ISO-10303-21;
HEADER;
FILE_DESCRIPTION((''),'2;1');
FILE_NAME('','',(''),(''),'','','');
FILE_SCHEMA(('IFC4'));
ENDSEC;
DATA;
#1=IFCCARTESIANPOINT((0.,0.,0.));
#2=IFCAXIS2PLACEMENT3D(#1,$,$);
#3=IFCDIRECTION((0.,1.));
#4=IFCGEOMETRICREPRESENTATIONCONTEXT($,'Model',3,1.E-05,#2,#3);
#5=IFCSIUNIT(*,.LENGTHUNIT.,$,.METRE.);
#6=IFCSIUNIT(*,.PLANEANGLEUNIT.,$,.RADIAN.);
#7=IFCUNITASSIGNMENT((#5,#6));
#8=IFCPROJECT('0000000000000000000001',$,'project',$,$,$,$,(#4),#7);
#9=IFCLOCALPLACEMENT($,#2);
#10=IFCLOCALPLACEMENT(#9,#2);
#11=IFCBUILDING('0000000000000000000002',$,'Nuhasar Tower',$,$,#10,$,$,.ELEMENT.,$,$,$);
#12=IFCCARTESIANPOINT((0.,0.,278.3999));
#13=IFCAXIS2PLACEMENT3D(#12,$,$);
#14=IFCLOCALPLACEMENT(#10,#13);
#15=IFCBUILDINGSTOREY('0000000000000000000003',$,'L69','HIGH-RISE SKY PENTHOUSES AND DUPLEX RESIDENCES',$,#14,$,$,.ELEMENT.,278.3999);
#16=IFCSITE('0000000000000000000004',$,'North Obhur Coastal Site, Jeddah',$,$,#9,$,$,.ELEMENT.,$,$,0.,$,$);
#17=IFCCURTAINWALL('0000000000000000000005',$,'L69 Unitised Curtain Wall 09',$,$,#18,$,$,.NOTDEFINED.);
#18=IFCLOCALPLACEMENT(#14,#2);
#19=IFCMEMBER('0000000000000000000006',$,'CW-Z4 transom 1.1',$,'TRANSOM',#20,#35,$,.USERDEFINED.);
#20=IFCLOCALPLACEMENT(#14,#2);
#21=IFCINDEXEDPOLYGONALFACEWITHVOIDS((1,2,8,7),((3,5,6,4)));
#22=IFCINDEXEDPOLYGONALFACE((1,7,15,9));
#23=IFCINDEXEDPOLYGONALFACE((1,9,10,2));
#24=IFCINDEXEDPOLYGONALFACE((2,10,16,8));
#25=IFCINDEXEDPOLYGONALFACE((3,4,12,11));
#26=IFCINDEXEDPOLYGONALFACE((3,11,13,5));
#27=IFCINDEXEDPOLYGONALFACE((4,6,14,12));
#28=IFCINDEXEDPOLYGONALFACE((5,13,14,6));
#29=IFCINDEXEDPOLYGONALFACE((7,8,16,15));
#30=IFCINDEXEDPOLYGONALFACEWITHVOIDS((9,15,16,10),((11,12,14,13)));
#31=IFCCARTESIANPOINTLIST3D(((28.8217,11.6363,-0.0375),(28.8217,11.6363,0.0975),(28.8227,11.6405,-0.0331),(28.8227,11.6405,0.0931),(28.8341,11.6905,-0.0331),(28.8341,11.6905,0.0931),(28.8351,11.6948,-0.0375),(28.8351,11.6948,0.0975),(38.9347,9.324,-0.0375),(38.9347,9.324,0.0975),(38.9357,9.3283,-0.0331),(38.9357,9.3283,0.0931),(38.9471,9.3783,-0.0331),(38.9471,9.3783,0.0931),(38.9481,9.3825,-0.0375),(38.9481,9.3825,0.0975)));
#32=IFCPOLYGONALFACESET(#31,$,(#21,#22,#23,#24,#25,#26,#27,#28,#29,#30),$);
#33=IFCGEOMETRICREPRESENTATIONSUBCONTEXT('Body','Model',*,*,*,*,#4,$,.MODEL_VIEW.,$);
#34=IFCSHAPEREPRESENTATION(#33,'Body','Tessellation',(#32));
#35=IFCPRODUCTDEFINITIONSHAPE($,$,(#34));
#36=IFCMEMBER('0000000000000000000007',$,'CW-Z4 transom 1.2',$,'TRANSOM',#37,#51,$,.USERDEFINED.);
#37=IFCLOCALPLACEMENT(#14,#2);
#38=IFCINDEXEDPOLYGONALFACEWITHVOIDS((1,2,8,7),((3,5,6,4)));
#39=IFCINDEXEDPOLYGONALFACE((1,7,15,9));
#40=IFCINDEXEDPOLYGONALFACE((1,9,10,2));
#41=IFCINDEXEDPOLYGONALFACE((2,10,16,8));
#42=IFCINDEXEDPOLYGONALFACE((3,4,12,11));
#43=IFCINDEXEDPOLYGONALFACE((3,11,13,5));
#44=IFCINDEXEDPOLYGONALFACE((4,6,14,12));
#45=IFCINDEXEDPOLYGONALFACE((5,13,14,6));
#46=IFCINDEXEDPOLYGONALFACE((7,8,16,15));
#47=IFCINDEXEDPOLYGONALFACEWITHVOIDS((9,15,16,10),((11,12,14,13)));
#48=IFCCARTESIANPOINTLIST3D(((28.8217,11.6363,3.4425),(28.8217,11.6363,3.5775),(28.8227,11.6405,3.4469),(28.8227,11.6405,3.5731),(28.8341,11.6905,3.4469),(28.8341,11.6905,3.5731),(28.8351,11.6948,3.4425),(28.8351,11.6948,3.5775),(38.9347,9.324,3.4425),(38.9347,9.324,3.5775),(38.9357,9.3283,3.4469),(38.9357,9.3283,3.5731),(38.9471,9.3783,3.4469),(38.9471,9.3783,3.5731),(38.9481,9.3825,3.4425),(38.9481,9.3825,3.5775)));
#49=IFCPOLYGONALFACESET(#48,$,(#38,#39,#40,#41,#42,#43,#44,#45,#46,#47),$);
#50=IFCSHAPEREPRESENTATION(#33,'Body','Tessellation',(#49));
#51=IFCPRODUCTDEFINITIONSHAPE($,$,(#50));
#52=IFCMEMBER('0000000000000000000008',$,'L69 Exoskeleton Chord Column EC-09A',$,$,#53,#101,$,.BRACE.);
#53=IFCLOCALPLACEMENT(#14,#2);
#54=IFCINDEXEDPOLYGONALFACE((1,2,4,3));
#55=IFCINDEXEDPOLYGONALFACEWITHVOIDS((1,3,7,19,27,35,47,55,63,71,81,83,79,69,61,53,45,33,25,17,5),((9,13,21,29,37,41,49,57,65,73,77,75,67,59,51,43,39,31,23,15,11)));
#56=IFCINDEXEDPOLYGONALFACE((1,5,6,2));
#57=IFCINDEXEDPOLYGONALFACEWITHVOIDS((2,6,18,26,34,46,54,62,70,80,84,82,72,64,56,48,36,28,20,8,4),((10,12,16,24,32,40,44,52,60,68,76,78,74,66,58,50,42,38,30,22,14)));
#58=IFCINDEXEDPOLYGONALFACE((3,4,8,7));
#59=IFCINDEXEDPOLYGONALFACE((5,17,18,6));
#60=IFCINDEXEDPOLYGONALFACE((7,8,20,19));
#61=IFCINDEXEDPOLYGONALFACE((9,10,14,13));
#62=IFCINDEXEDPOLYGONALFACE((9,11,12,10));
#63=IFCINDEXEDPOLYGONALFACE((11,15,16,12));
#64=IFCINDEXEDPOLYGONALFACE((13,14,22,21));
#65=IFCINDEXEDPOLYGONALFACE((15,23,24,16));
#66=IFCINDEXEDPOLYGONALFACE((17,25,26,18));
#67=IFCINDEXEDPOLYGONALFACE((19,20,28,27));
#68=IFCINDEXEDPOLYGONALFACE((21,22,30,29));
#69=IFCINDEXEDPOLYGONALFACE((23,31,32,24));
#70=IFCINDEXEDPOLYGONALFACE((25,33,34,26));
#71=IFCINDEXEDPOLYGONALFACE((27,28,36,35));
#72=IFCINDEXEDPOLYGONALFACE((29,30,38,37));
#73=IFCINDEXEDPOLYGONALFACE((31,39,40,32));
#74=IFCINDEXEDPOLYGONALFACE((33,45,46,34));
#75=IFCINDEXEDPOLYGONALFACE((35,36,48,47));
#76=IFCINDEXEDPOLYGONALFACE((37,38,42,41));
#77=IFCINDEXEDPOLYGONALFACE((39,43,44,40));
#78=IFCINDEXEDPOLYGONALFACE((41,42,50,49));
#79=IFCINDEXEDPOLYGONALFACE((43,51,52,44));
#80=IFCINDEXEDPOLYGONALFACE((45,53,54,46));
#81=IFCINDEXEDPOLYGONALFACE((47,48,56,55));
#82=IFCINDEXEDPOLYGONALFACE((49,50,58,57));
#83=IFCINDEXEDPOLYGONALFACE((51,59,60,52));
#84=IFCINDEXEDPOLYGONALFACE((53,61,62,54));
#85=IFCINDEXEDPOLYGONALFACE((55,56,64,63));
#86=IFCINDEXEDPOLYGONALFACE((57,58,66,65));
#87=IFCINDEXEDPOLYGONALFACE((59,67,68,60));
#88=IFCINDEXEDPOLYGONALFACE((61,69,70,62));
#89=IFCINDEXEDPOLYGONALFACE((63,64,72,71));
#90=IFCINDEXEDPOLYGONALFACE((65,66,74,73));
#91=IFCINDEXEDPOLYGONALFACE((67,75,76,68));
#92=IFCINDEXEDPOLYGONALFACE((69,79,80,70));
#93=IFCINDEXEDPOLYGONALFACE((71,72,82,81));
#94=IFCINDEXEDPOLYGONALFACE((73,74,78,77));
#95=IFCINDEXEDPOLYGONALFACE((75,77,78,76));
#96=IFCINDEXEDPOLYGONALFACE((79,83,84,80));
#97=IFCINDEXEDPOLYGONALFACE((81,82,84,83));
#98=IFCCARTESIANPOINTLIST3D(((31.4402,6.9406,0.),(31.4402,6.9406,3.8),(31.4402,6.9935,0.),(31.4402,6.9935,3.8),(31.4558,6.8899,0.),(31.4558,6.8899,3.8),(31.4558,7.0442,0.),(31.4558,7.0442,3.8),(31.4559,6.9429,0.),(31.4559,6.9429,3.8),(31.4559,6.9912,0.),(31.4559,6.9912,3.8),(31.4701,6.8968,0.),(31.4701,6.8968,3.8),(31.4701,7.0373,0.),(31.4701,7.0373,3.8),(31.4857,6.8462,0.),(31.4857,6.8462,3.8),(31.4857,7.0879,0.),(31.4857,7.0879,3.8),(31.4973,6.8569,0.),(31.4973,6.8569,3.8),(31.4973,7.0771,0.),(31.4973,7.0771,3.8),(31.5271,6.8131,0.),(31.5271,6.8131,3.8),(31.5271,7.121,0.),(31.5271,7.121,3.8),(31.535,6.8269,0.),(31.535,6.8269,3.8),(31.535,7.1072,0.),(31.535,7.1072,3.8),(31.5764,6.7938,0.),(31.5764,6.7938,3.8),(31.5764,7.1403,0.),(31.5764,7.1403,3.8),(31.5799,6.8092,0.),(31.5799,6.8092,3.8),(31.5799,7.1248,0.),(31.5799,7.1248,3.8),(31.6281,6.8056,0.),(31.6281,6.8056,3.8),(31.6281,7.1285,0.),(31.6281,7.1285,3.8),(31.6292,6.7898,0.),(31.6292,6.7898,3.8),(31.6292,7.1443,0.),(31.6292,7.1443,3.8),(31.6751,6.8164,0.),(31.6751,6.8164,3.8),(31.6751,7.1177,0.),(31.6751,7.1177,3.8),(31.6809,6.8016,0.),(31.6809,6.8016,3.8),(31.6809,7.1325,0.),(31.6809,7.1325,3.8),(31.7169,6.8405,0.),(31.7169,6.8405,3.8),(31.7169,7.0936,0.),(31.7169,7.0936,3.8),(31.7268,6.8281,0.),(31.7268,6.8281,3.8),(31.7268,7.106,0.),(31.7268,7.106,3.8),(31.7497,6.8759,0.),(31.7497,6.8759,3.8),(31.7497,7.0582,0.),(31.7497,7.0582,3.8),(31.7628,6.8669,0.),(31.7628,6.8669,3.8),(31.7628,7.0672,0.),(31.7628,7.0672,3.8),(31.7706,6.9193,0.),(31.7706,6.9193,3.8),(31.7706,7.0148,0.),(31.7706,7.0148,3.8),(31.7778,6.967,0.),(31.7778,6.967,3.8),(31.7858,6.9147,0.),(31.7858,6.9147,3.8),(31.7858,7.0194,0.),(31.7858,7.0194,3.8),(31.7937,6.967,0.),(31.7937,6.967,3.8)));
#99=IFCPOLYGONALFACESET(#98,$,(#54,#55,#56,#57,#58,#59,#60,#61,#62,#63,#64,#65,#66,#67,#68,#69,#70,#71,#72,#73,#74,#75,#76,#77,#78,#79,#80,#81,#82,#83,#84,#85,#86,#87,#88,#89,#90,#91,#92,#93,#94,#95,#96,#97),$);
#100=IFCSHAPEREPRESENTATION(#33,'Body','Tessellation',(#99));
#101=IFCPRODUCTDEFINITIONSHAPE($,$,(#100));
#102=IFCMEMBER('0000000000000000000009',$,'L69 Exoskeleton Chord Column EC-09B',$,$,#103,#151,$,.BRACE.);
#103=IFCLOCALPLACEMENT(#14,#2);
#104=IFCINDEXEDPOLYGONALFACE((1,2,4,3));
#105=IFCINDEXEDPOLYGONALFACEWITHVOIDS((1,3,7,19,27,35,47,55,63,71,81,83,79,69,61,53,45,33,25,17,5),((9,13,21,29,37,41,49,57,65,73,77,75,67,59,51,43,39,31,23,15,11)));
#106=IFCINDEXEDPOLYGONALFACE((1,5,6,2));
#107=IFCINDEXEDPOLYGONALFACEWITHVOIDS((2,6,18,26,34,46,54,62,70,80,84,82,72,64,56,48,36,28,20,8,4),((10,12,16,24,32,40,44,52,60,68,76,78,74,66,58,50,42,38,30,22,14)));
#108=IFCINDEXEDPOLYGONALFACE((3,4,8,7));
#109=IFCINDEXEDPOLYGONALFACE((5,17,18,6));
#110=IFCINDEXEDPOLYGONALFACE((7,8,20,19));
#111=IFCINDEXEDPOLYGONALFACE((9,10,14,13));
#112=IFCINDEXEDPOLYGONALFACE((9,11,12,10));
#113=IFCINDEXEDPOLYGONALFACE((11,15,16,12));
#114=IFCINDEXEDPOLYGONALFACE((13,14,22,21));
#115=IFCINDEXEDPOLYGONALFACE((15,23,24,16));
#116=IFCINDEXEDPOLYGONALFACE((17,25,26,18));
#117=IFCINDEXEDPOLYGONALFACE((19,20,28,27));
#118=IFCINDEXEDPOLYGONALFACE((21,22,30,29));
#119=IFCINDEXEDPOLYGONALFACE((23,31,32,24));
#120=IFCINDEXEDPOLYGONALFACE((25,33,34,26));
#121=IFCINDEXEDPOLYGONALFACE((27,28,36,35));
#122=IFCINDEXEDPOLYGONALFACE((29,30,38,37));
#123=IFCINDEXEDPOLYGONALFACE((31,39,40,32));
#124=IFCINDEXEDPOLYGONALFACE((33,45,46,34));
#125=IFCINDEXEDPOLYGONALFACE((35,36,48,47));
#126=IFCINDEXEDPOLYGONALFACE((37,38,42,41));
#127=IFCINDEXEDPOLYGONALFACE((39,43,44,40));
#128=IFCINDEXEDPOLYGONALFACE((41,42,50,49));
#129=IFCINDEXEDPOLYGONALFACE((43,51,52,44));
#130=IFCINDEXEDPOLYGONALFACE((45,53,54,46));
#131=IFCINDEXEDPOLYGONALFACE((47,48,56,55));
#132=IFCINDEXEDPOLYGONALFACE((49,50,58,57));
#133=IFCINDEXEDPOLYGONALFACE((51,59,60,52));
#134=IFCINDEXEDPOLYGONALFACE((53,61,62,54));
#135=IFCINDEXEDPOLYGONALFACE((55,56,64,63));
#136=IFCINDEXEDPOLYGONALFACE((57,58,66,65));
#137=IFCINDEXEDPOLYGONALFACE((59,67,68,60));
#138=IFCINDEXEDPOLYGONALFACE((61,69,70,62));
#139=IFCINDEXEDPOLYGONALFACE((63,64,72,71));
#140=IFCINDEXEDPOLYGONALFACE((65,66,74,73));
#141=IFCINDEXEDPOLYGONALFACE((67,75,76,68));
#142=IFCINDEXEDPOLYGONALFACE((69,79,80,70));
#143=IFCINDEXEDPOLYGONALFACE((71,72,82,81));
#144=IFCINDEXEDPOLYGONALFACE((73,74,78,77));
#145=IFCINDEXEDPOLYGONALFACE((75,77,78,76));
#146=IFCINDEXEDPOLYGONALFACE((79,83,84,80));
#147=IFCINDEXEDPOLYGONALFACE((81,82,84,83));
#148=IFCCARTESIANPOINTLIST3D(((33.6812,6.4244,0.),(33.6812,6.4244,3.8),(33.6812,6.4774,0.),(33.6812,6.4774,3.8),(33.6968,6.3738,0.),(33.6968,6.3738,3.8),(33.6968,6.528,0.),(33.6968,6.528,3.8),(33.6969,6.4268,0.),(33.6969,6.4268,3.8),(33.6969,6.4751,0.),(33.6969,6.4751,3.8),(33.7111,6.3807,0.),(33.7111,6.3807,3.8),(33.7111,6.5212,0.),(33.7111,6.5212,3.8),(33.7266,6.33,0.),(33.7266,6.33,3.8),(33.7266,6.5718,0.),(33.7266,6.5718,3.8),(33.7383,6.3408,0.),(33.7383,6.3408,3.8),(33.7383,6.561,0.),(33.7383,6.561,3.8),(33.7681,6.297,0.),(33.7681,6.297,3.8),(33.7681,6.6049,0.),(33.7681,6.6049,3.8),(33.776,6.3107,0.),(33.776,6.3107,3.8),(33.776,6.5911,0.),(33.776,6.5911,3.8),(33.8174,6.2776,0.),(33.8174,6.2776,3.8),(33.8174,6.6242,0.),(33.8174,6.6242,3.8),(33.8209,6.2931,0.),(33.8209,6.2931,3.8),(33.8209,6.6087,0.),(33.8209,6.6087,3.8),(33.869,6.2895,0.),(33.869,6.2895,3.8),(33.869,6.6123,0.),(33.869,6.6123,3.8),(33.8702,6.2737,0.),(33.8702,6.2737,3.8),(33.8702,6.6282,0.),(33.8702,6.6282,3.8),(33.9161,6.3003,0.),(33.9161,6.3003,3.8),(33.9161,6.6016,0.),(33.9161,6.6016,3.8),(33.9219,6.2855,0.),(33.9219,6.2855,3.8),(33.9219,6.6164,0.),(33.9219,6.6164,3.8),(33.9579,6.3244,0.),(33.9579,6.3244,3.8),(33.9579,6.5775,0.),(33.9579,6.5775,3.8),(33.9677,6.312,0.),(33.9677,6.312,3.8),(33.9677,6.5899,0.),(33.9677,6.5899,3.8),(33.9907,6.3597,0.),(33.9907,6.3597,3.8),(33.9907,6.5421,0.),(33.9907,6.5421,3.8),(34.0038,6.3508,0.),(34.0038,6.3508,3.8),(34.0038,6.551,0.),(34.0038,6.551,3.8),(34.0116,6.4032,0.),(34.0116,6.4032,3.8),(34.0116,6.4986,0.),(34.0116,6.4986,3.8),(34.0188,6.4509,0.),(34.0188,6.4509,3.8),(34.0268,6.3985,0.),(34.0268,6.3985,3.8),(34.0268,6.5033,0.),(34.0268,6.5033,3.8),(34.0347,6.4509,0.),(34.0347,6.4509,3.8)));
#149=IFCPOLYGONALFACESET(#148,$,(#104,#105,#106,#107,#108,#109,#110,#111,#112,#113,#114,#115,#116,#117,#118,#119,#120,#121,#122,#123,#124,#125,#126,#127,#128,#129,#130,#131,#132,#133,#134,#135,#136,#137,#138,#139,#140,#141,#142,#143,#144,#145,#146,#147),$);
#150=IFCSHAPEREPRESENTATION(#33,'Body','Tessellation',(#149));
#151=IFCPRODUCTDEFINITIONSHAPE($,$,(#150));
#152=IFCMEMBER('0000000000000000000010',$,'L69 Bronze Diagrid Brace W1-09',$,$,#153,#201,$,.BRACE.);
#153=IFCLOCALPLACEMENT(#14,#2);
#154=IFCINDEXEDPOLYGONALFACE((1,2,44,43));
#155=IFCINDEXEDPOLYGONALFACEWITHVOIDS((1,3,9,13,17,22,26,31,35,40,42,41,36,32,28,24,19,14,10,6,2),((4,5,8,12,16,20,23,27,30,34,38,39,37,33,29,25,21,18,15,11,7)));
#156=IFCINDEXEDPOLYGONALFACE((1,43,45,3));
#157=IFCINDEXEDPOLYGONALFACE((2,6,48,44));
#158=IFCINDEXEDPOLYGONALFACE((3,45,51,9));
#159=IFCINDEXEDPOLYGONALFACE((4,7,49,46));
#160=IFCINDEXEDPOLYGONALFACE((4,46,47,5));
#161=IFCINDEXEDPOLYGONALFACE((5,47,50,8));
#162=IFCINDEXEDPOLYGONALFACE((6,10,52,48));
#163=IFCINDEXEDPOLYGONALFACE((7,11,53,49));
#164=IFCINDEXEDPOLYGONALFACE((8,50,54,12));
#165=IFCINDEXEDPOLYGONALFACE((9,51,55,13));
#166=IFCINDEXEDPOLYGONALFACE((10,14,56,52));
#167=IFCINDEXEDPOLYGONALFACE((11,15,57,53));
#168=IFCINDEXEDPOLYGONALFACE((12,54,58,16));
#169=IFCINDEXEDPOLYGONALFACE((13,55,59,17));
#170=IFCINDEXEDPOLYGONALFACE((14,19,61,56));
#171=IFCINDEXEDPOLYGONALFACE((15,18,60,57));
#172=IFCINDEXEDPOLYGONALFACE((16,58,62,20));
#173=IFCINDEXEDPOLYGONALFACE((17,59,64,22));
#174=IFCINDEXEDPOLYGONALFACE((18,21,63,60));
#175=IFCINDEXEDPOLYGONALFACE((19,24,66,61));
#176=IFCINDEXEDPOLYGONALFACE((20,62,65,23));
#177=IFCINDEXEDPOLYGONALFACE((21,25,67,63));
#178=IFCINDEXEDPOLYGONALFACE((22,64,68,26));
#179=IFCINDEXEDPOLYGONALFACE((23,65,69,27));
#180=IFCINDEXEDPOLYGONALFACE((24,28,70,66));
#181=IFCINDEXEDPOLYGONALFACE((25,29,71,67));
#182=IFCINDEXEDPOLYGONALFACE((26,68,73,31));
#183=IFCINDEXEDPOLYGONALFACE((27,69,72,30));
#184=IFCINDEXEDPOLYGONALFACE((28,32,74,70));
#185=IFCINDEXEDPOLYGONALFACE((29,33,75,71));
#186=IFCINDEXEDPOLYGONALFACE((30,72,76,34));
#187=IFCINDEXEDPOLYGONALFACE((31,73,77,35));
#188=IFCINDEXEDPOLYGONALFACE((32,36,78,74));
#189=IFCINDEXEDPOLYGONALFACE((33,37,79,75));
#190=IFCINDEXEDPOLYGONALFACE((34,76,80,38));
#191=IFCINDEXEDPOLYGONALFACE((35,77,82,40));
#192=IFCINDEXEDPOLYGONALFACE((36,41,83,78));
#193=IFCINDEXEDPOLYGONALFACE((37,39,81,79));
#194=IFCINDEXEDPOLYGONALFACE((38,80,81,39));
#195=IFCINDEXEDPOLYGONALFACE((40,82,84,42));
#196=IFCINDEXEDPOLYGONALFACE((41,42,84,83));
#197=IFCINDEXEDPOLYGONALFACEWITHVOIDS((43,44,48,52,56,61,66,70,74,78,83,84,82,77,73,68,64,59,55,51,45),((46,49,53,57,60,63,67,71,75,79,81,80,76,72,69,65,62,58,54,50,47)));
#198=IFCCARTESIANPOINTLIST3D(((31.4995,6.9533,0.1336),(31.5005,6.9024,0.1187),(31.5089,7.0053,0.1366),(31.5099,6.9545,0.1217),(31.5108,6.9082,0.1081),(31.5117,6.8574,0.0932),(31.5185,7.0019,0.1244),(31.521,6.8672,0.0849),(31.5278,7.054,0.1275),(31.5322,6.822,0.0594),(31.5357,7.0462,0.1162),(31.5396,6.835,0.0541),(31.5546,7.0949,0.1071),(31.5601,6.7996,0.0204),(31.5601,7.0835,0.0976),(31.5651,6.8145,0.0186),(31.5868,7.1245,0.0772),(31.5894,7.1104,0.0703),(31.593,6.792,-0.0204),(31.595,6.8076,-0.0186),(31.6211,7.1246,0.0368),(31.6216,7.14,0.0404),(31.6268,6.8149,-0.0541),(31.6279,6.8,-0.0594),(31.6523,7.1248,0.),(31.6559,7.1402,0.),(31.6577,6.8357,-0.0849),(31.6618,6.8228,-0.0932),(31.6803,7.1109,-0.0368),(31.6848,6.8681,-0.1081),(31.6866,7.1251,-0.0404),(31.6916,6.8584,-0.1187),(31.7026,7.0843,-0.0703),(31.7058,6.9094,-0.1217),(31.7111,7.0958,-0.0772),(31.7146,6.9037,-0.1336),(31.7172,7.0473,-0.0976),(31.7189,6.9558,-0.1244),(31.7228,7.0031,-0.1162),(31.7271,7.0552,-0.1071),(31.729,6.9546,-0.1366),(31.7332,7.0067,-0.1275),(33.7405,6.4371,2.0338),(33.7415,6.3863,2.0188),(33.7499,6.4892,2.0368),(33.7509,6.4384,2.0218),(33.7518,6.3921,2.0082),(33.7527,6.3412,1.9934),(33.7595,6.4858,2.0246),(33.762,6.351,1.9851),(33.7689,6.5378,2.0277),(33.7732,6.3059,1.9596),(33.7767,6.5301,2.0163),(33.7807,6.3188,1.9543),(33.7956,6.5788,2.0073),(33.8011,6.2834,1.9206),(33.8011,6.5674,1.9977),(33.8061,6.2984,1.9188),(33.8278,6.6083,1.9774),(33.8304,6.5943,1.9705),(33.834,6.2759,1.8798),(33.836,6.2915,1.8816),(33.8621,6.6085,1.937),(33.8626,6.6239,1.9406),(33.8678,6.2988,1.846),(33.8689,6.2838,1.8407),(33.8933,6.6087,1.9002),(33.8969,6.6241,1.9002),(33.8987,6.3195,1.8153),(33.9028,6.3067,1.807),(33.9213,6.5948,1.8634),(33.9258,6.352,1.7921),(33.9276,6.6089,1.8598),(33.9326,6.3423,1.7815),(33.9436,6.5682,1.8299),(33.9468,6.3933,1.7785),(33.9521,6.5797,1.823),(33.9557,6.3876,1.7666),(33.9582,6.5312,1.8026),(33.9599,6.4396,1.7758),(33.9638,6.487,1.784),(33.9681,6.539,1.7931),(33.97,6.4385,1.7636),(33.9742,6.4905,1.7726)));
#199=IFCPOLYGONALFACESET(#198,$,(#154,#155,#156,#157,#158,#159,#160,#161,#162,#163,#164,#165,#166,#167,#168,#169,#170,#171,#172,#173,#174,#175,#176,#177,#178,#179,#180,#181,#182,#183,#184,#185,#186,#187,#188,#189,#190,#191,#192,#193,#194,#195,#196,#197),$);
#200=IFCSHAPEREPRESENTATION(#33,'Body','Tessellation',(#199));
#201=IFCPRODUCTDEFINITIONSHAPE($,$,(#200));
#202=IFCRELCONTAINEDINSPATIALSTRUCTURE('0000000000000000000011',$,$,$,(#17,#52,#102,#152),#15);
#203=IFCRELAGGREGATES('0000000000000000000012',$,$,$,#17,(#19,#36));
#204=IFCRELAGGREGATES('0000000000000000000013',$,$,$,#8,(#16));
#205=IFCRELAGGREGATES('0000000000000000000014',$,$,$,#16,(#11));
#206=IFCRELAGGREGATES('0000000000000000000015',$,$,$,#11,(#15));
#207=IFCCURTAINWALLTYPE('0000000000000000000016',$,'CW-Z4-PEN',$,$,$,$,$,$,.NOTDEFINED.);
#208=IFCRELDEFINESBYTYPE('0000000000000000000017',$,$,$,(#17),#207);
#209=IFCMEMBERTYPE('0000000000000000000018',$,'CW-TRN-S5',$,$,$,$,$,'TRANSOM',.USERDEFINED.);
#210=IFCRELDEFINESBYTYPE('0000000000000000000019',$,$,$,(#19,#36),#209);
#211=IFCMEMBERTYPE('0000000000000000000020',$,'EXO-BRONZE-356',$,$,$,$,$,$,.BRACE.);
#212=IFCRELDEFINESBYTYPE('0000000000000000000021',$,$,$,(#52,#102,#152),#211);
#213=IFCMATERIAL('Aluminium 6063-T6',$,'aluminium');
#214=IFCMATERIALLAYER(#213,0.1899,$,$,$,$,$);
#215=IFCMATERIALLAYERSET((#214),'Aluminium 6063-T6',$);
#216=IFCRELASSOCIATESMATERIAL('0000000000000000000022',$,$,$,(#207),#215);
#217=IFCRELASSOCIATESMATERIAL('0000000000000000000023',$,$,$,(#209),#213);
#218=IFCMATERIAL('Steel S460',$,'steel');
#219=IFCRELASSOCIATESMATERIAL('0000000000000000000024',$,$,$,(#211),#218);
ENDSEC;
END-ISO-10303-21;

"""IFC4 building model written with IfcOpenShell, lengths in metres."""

from ifc_helpers import new_model, si_unit, direction, frame, origin, origin_2d, place, context, subcontext, project, spatial, hollow_rectangle, hollow_circle, extrude, material, layer, layer_set, material_profile, profile_set, type_object, element, aggregate, save


model = new_model("IFC4")

# Units and contexts
model_context = context("Model", 3, precision=1e-05, world=origin(), true_north=direction((0.0, 1.0)))
body_context = subcontext(model_context, "Body", "Model", "MODEL_VIEW")
ifc_project = project(units=[si_unit("LENGTHUNIT", "METRE"), si_unit("PLANEANGLEUNIT", "RADIAN")], contexts=[model_context])

# Site, building, storey
site_placement = place(None, origin())
site = spatial("IfcSite", under=ifc_project, at=site_placement, Name="North Obhur Coastal Site, Jeddah", CompositionType="ELEMENT", RefElevation=0.0)
building_placement = place(site_placement, origin())
building = spatial("IfcBuilding", under=site, at=building_placement, Name="Nuhasar Tower", CompositionType="ELEMENT")
storey_placement = place(building_placement, frame((0.0, 0.0, 278.3999)))
storey = spatial("IfcBuildingStorey", under=building, at=storey_placement, Name="L69", Description="HIGH-RISE SKY PENTHOUSES AND DUPLEX RESIDENCES", CompositionType="ELEMENT", Elevation=278.3999)

# Curtain wall, members
ifc_material_1 = material(Name="Aluminium 6063-T6", Category="aluminium")
ifc_layer_1 = layer(ifc_material_1, 0.1899)
ifc_layer_set_1 = layer_set([ifc_layer_1], Name="Aluminium 6063-T6")
curtain_wall_type = type_object("IfcCurtainWallType", Name="CW-Z4-PEN", PredefinedType="NOTDEFINED", material=ifc_layer_set_1)
curtain_wall_placement = place(storey_placement, origin())
curtain_wall = element("IfcCurtainWall", 1, at=curtain_wall_placement, inside=storey, type_object=curtain_wall_type, Name="L69 Unitised Curtain Wall 09", PredefinedType="NOTDEFINED")
ifc_material_profile_1 = material_profile(ifc_material_1, hollow_rectangle(XDim=0.0601, YDim=0.135, WallThickness=0.0044, at=origin_2d()), Name="CWT-5")
ifc_profile_set_1 = profile_set([ifc_material_profile_1], Name="Aluminium 6063-T6")
member_type_1 = type_object("IfcMemberType", Name="CW-TRN-S5", ElementType="TRANSOM", PredefinedType="USERDEFINED", material=ifc_profile_set_1)
member_1_placement = place(storey_placement, frame((28.8284, 11.6655, 0.03), z_axis=(0.974844, -0.222889, 0.0), x_axis=(0.222889, 0.974844, 0.0)))
member_1 = element("IfcMember", 2, at=member_1_placement, type_object=member_type_1, Name="CW-Z4 transom 1.1", ObjectType="TRANSOM", PredefinedType="USERDEFINED", context=body_context, shape_type="SweptSolid", body=[
    extrude(hollow_rectangle(XDim=0.0601, YDim=0.135, WallThickness=0.0044, at=origin_2d()), origin(), (0.0, 0.0, 1.0), 10.374),
])
member_2_placement = place(storey_placement, frame((28.8284, 11.6655, 3.51), z_axis=(0.974844, -0.222889, 0.0), x_axis=(0.222889, 0.974844, 0.0)))
member_2 = element("IfcMember", 3, at=member_2_placement, type_object=member_type_1, Name="CW-Z4 transom 1.2", ObjectType="TRANSOM", PredefinedType="USERDEFINED", context=body_context, shape_type="SweptSolid", body=[
    extrude(hollow_rectangle(XDim=0.0601, YDim=0.135, WallThickness=0.0044, at=origin_2d()), origin(), (0.0, 0.0, 1.0), 10.374),
])

# Members
ifc_material_2 = material(Name="Steel S460", Category="steel")
ifc_material_profile_2 = material_profile(ifc_material_2, hollow_circle(Radius=0.1777, WallThickness=0.0159, at=origin_2d()), Name="HSS355.6X15.9")
ifc_profile_set_2 = profile_set([ifc_material_profile_2], Name="Steel S460")
member_type_2 = type_object("IfcMemberType", Name="EXO-BRONZE-356", PredefinedType="BRACE", material=ifc_profile_set_2)
for number, where, z_axis, x_axis, name in (
    (4, (31.616, 6.967, 0.0), (0.0, 0.0, 1.0), (1.0, 0.0, 0.0), "L69 Exoskeleton Chord Column EC-09A"),
    (5, (33.8569, 6.4509, 0.0), (0.0, 0.0, 1.0), (1.0, 0.0, 0.0), "L69 Exoskeleton Chord Column EC-09B"),
):
    element("IfcMember", number, at=place(storey_placement, frame(where, z_axis=z_axis, x_axis=x_axis)), inside=storey, type_object=member_type_2, Name=name, PredefinedType="BRACE", context=body_context, shape_type="SweptSolid", body=[
        extrude(hollow_circle(Radius=0.1777, WallThickness=0.0159, at=origin_2d()), origin(), (0.0, 0.0, 1.0), 3.8),
    ])
member_3_placement = place(storey_placement, frame((31.616, 6.967, 0.0), z_axis=(0.751222, -0.173013, 0.636971), x_axis=(0.224433, 0.97449, 0.0)))
element("IfcMember", 6, at=member_3_placement, inside=storey, type_object=member_type_2, Name="L69 Bronze Diagrid Brace W1-09", PredefinedType="BRACE", context=body_context, shape_type="SweptSolid", body=[
    extrude(hollow_circle(Radius=0.1777, WallThickness=0.0159, at=origin_2d()), origin(), (0.0, 0.0, 1.0), 2.9832),
])

aggregate(curtain_wall, [member_1, member_2])

save(model, "model.ifc")
